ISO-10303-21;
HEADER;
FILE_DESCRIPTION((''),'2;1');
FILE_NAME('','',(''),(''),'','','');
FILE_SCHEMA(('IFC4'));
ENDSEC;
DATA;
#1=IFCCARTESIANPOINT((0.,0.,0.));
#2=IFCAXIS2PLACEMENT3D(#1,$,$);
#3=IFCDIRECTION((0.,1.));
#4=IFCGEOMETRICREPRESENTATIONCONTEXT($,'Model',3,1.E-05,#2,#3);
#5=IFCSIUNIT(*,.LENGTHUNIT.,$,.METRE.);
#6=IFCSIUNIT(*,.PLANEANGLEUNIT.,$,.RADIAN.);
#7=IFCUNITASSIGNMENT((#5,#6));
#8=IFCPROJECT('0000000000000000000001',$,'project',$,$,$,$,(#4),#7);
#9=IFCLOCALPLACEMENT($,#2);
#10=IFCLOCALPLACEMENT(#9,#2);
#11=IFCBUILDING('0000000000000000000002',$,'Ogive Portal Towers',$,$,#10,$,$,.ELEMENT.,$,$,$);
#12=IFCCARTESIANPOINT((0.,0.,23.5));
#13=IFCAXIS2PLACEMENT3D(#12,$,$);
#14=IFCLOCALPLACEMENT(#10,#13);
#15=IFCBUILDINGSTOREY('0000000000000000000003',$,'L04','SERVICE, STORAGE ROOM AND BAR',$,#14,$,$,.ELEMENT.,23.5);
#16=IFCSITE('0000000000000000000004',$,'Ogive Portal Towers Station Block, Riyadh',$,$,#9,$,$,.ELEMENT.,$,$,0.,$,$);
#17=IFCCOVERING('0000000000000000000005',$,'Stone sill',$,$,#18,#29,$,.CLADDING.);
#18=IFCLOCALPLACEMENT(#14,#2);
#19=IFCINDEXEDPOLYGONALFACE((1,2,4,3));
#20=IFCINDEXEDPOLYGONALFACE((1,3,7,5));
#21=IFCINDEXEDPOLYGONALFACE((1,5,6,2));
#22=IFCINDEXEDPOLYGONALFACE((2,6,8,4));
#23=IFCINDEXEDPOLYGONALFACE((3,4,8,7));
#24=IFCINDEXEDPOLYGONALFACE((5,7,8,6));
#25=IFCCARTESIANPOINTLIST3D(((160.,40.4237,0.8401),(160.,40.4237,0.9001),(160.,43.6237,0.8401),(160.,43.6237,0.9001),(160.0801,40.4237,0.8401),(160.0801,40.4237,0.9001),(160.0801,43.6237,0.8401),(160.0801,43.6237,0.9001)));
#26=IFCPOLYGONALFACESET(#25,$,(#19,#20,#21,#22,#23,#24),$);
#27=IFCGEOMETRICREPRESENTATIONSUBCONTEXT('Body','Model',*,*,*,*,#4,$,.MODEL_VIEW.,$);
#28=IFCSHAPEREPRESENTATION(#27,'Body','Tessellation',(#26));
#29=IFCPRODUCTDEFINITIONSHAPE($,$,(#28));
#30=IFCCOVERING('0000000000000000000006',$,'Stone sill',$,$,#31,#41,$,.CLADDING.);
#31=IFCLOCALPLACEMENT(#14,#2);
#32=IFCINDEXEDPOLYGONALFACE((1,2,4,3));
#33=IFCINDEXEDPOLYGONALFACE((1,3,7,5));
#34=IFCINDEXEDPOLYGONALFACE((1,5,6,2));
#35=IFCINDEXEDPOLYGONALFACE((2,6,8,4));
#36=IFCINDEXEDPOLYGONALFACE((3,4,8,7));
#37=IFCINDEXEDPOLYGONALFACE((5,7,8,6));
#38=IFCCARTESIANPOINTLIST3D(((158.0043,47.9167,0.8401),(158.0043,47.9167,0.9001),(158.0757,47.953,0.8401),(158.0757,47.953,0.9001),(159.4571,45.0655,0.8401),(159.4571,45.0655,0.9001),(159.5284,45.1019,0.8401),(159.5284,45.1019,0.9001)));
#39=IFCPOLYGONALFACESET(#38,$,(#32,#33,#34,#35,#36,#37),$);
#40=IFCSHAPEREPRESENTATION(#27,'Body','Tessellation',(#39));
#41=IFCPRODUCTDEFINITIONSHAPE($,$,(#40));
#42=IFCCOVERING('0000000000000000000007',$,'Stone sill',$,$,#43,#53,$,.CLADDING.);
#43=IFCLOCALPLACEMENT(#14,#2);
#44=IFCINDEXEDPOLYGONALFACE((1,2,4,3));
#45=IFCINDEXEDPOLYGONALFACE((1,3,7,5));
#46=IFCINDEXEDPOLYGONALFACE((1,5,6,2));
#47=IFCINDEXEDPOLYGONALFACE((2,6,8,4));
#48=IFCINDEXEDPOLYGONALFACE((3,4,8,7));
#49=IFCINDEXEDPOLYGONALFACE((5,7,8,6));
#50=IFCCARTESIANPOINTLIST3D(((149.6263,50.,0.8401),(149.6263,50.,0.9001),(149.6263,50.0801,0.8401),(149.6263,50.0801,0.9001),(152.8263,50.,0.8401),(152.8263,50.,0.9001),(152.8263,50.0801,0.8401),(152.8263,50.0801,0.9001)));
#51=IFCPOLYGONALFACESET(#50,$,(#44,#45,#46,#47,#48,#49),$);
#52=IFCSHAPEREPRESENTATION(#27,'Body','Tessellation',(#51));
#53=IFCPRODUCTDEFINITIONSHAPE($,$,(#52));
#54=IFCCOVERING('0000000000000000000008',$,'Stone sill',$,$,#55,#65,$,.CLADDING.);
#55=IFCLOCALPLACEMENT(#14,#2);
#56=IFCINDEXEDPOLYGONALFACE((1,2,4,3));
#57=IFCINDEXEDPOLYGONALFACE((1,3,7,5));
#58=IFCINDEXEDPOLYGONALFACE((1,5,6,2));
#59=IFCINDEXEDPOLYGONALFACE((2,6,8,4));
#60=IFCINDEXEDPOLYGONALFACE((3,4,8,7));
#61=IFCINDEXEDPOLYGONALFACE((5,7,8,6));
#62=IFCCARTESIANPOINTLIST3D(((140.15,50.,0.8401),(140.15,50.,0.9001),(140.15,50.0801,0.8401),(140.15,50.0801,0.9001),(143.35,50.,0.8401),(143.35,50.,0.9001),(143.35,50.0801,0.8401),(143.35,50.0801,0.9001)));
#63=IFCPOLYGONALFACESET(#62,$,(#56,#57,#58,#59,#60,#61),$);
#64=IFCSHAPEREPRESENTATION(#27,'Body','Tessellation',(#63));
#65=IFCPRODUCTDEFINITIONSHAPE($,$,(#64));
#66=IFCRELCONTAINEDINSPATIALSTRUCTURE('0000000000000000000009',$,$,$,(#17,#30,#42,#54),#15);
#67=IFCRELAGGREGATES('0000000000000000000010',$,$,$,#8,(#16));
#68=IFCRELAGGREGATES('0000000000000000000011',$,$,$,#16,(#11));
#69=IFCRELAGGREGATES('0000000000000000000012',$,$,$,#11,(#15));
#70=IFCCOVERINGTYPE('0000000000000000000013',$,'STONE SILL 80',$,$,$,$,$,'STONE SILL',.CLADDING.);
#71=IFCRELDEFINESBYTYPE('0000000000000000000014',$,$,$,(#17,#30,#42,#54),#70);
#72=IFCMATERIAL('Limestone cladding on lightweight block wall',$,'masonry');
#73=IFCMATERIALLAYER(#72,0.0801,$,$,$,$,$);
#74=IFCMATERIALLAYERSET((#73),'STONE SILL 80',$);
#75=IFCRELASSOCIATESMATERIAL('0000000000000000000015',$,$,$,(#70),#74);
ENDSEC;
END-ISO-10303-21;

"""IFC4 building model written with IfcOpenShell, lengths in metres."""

from ifc_helpers import new_model, si_unit, direction, frame, origin, origin_2d, place, context, subcontext, project, spatial, rectangle, extrude, material, layer, layer_set, type_object, element, save


model = new_model("IFC4")

# Units and contexts
model_context = context("Model", 3, precision=1e-05, world=origin(), true_north=direction((0.0, 1.0)))
body_context = subcontext(model_context, "Body", "Model", "MODEL_VIEW")
ifc_project = project(units=[si_unit("LENGTHUNIT", "METRE"), si_unit("PLANEANGLEUNIT", "RADIAN")], contexts=[model_context])

# Site, building, storey
site_placement = place(None, origin())
site = spatial("IfcSite", under=ifc_project, at=site_placement, Name="Ogive Portal Towers Station Block, Riyadh", CompositionType="ELEMENT", RefElevation=0.0)
building_placement = place(site_placement, origin())
building = spatial("IfcBuilding", under=site, at=building_placement, Name="Ogive Portal Towers", CompositionType="ELEMENT")
storey_placement = place(building_placement, frame((0.0, 0.0, 23.5)))
storey = spatial("IfcBuildingStorey", under=building, at=storey_placement, Name="L04", Description="SERVICE, STORAGE ROOM AND BAR", CompositionType="ELEMENT", Elevation=23.5)

# Shared definitions
ifc_material_1 = material(Name="Limestone cladding on lightweight block wall", Category="masonry")

# Coverings
ifc_layer_1 = layer(ifc_material_1, 0.0801)
ifc_layer_set_1 = layer_set([ifc_layer_1], Name="STONE SILL 80")
covering_type = type_object("IfcCoveringType", Name="STONE SILL 80", ElementType="STONE SILL", PredefinedType="CLADDING", material=ifc_layer_set_1)
for number, where, z_axis, x_axis, name in (
    (1, (160.04, 42.0237, 0.8401), (0.0, 0.0, 1.0), (0.0, 1.0, 0.0), "Stone sill"),
    (2, (158.7664, 46.5093, 0.8401), (0.0, 0.0, 1.0), (-0.45399, 0.891007, 0.0), "Stone sill"),
    (3, (151.2263, 50.04, 0.8401), (0.0, 0.0, 1.0), (-1.0, 0.0, 0.0), "Stone sill"),
    (4, (141.75, 50.04, 0.8401), (0.0, 0.0, 1.0), (-1.0, 0.0, 0.0), "Stone sill"),
):
    element("IfcCovering", number, at=place(storey_placement, frame(where, z_axis=z_axis, x_axis=x_axis)), inside=storey, type_object=covering_type, Name=name, PredefinedType="CLADDING", context=body_context, shape_type="SweptSolid", body=[
        extrude(rectangle(XDim=3.2, YDim=0.0801, at=origin_2d()), origin(), (0.0, 0.0, 1.0), 0.0601),
    ])

save(model, "model.ifc")
